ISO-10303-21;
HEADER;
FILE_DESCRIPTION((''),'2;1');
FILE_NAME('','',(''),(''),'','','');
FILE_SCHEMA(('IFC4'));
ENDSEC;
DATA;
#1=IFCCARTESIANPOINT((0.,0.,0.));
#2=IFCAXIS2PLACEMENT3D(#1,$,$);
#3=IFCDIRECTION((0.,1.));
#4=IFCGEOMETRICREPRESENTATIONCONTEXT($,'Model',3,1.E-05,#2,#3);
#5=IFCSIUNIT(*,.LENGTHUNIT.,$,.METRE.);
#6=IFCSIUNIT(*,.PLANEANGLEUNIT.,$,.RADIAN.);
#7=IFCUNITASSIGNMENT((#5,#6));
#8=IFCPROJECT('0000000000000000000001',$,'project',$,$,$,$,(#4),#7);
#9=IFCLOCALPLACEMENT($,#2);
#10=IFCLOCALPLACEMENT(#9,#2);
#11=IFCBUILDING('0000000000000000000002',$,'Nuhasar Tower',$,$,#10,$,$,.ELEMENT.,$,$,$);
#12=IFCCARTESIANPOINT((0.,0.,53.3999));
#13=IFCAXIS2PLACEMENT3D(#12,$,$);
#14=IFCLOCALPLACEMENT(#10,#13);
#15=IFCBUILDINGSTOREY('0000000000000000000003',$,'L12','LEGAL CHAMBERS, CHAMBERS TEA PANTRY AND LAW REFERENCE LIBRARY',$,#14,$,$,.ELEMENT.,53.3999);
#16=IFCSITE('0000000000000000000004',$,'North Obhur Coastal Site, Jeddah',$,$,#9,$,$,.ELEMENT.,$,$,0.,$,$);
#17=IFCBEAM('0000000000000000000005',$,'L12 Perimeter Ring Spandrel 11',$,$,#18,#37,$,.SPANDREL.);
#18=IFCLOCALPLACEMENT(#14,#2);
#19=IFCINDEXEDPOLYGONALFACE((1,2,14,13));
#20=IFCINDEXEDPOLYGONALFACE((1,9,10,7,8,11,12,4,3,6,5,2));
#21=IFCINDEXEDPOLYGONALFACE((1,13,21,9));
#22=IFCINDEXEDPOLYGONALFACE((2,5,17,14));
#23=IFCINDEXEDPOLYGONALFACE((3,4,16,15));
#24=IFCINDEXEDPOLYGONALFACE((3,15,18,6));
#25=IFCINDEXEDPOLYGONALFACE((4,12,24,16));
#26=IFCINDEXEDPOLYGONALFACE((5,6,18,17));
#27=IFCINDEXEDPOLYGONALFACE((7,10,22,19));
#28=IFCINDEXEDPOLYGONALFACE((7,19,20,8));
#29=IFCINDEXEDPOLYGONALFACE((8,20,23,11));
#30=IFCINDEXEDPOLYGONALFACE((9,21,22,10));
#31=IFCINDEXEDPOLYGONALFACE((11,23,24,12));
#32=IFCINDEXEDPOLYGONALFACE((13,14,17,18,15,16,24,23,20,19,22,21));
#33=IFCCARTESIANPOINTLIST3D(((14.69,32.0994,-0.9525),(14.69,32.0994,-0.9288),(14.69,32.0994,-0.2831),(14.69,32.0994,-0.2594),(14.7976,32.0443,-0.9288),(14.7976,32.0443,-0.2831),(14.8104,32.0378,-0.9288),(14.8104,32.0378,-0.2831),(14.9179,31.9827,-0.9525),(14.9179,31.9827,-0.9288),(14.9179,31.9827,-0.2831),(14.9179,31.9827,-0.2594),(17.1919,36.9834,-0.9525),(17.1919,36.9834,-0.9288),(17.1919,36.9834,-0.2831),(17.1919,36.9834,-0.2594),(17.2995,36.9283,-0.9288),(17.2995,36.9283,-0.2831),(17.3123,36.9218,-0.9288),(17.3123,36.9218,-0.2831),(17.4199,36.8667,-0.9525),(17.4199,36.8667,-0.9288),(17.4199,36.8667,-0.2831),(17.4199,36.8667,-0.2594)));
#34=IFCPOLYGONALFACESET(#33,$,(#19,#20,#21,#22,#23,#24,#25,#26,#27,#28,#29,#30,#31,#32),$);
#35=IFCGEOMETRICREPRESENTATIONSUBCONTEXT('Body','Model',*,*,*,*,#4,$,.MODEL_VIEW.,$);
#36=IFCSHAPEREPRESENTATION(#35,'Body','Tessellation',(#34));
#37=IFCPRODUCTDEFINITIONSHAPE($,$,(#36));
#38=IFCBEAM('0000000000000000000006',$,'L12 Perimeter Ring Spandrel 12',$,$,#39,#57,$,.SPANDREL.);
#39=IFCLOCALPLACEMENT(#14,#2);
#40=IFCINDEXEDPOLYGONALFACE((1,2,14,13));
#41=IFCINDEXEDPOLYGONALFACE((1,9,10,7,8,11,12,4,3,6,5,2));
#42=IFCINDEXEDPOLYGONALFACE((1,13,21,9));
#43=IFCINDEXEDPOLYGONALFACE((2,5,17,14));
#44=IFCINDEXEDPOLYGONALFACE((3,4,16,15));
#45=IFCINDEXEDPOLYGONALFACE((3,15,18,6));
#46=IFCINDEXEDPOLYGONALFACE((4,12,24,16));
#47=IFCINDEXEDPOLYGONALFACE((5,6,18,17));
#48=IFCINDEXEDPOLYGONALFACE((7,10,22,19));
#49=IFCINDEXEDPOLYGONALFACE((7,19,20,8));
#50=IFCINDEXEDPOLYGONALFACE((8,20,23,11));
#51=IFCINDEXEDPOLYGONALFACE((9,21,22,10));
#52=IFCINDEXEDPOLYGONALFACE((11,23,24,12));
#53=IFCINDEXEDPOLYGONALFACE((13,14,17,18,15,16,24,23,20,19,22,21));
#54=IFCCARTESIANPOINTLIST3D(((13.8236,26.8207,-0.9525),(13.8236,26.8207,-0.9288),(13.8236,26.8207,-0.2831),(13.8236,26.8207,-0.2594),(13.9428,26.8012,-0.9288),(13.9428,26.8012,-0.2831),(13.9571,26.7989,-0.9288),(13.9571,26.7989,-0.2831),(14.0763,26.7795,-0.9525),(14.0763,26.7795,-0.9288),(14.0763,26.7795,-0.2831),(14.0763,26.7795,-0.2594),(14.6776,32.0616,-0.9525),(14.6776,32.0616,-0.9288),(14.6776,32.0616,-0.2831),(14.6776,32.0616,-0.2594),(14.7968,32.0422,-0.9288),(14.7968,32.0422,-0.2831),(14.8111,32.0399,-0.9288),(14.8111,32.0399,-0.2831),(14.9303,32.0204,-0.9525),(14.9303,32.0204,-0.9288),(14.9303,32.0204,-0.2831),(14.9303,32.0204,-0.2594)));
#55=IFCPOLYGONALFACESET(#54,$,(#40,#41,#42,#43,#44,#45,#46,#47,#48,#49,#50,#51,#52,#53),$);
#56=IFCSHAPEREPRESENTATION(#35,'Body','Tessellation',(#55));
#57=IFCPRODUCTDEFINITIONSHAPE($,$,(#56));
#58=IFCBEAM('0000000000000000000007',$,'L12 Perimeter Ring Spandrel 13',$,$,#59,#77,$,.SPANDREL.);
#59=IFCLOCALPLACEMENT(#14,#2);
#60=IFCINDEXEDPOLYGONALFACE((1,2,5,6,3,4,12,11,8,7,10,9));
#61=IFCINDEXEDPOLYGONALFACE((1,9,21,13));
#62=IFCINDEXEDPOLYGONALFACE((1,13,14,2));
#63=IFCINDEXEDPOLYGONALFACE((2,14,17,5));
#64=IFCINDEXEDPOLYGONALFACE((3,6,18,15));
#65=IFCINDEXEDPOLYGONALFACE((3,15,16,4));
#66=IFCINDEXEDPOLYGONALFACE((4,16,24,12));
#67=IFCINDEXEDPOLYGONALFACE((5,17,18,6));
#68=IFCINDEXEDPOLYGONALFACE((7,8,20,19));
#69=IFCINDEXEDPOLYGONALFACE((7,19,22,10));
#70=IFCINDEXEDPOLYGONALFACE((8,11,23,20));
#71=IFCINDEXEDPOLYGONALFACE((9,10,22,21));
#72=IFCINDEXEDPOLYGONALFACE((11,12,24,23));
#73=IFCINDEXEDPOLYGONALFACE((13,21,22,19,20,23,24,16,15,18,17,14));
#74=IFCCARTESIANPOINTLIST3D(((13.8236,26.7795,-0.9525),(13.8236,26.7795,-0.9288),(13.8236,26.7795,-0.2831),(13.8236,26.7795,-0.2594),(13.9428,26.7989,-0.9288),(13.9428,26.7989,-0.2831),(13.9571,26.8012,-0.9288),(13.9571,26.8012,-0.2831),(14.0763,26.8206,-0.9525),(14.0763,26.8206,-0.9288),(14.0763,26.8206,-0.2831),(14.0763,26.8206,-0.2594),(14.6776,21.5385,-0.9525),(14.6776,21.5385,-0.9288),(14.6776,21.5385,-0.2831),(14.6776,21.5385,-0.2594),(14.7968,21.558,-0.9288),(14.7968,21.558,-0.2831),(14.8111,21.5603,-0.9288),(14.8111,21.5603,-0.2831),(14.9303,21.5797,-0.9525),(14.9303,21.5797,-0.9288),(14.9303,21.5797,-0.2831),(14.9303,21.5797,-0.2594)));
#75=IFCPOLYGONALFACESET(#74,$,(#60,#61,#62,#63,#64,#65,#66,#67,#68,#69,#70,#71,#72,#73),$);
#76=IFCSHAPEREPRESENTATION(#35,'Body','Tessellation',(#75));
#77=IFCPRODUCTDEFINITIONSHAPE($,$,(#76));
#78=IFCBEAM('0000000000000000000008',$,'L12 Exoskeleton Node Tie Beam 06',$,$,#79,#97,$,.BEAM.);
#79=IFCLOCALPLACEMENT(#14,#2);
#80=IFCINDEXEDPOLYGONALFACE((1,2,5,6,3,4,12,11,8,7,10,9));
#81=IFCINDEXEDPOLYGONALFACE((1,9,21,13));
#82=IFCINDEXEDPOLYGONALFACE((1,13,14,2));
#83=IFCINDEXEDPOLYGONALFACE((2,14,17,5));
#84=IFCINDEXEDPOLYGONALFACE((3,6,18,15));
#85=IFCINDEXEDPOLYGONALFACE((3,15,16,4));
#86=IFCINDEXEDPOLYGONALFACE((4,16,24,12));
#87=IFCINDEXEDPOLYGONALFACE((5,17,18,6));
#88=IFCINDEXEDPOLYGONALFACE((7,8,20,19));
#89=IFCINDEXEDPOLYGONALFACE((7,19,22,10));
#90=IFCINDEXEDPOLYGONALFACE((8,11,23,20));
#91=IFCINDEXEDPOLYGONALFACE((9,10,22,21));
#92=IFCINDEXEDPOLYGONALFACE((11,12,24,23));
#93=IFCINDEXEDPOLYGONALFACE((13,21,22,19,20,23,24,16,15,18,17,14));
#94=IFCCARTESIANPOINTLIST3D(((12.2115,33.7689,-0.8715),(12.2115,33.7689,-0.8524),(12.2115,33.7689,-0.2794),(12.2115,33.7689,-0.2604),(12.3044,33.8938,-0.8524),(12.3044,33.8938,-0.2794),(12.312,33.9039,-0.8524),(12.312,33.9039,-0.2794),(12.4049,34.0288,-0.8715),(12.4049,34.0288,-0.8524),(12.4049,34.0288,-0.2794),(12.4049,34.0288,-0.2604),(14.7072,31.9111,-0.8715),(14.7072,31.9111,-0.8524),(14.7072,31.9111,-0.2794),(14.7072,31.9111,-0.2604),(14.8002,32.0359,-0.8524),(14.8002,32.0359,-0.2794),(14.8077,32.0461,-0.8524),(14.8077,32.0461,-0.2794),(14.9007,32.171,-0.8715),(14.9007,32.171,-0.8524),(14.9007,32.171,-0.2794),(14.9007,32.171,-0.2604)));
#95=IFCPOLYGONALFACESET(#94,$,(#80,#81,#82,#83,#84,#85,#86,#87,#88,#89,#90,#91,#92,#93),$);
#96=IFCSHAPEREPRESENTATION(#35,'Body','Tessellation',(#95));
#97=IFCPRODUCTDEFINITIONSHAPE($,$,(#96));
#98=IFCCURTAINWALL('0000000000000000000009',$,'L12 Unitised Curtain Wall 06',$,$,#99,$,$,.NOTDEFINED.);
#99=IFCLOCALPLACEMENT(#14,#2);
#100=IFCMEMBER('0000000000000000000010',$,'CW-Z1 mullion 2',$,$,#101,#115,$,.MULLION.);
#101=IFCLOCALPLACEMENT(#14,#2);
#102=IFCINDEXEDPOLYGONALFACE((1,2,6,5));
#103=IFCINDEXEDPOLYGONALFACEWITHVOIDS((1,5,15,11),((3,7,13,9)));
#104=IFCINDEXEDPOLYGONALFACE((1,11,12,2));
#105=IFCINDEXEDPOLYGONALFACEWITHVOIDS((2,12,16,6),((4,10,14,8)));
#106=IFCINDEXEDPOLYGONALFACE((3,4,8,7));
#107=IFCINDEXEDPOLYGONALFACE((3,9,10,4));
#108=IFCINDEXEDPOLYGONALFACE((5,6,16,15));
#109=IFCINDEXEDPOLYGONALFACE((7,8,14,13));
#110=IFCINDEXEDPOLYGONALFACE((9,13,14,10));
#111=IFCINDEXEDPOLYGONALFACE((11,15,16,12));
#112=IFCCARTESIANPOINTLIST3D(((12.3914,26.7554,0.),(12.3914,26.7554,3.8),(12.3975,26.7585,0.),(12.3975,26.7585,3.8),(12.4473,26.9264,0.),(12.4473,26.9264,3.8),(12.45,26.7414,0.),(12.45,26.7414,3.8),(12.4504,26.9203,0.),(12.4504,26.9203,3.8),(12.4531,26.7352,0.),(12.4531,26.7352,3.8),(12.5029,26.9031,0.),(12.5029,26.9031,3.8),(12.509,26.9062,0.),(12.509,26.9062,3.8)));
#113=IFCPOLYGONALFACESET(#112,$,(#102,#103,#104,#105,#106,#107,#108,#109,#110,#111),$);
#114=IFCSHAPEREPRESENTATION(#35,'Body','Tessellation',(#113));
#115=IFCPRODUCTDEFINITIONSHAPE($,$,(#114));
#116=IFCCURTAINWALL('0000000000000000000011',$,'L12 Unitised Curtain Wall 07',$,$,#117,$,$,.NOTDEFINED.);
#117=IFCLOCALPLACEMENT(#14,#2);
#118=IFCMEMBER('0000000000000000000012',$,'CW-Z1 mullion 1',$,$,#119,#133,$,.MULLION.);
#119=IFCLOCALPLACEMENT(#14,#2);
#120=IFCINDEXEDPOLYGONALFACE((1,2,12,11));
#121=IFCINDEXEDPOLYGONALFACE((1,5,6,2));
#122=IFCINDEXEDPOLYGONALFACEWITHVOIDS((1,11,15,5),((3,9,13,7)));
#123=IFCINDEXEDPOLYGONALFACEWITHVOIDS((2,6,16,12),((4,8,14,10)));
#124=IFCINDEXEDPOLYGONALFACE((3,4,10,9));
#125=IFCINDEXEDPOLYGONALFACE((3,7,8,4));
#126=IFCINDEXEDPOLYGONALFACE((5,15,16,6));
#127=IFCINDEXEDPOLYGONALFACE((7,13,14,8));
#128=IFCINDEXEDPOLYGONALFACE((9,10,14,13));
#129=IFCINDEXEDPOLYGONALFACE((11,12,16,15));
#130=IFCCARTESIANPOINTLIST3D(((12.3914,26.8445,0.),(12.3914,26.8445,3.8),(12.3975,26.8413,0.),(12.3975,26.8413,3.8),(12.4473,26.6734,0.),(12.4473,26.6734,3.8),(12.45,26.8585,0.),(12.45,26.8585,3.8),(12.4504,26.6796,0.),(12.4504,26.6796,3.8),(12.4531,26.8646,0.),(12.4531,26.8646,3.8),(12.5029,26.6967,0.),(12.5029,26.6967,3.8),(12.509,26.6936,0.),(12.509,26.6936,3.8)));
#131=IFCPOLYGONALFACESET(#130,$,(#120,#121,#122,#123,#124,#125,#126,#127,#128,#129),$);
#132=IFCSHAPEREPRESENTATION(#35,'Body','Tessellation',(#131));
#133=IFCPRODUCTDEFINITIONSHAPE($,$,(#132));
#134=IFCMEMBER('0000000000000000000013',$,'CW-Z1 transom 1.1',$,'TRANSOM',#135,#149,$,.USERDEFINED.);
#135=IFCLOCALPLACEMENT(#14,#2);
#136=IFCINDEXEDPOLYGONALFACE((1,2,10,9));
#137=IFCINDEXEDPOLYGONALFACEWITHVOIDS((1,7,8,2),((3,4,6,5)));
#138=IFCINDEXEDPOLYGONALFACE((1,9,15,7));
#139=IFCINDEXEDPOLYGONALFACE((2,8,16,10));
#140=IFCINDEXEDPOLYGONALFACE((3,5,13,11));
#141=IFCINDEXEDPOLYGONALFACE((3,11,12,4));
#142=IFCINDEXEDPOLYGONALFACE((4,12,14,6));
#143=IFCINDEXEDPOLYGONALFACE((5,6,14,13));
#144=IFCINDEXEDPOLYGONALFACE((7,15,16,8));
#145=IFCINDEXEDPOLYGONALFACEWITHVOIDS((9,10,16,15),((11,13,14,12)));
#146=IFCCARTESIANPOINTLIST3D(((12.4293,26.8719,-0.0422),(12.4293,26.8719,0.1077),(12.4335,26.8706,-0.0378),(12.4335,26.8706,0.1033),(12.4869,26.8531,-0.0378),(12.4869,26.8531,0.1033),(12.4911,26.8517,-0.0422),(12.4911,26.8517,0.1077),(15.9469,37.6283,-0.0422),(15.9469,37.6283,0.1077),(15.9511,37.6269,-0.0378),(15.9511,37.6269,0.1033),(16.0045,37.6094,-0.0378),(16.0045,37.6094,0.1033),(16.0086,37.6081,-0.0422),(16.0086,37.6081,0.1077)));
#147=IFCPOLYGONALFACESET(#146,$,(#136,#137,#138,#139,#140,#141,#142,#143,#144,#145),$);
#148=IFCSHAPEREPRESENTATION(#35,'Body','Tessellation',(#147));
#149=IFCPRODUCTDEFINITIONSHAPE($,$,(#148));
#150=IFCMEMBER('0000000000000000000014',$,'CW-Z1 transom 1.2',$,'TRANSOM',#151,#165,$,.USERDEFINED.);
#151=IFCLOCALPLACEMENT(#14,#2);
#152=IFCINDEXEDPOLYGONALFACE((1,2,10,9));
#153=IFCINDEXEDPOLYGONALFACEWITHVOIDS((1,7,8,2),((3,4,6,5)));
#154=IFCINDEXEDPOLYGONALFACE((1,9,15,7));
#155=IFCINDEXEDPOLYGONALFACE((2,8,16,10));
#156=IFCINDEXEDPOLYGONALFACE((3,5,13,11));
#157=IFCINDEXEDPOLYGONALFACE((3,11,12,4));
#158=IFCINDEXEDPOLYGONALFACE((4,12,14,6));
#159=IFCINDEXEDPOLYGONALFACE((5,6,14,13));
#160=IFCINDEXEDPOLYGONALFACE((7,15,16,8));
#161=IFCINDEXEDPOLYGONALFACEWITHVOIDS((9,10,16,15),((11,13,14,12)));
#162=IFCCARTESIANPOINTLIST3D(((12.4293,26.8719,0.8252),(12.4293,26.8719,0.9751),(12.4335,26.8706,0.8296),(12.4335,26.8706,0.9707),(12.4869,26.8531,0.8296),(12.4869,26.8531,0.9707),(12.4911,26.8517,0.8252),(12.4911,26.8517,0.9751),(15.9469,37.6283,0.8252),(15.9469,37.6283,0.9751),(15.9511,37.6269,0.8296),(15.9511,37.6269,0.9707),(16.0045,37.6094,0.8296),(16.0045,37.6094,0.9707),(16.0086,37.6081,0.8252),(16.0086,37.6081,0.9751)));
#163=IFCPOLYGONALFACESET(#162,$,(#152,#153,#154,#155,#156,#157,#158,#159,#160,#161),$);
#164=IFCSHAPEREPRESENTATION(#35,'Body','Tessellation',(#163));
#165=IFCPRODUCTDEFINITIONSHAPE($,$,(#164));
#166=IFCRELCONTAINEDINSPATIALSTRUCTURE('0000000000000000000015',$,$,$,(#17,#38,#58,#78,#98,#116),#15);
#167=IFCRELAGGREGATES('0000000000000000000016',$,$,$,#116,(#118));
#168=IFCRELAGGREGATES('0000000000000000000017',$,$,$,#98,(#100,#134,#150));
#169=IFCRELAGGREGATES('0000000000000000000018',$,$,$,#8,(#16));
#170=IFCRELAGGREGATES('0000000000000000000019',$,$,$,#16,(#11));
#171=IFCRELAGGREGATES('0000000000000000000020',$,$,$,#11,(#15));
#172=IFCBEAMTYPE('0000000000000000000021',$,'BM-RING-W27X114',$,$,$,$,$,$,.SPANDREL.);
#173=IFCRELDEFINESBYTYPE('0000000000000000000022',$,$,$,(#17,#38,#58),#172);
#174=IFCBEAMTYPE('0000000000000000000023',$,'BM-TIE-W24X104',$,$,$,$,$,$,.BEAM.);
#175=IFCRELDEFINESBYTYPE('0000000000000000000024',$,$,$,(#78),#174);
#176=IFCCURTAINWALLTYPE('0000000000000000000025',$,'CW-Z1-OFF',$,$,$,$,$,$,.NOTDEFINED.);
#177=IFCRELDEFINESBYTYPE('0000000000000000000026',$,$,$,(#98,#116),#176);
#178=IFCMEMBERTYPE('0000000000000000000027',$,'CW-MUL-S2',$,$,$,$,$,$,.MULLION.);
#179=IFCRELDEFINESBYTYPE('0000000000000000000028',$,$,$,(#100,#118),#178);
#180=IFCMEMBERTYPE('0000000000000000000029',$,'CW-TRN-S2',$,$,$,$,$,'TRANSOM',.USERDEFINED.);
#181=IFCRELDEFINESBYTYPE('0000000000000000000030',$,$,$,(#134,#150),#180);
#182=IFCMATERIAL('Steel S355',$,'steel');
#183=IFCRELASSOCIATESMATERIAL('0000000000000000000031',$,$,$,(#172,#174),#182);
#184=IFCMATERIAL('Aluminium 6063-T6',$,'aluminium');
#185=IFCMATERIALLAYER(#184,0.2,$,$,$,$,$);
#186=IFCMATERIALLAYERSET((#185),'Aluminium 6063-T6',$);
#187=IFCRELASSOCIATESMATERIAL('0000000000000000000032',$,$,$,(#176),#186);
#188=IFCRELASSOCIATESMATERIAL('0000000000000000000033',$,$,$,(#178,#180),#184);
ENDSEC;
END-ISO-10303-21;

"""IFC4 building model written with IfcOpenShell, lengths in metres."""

from ifc_helpers import new_model, si_unit, direction, frame, origin, origin_2d, place, context, subcontext, project, spatial, hollow_rectangle, i_section, extrude, material, layer, layer_set, material_profile, profile_set, type_object, element, aggregate, save


model = new_model("IFC4")

# Units and contexts
model_context = context("Model", 3, precision=1e-05, world=origin(), true_north=direction((0.0, 1.0)))
body_context = subcontext(model_context, "Body", "Model", "MODEL_VIEW")
ifc_project = project(units=[si_unit("LENGTHUNIT", "METRE"), si_unit("PLANEANGLEUNIT", "RADIAN")], contexts=[model_context])

# Site, building, storey
site_placement = place(None, origin())
site = spatial("IfcSite", under=ifc_project, at=site_placement, Name="North Obhur Coastal Site, Jeddah", CompositionType="ELEMENT", RefElevation=0.0)
building_placement = place(site_placement, origin())
building = spatial("IfcBuilding", under=site, at=building_placement, Name="Nuhasar Tower", CompositionType="ELEMENT")
storey_placement = place(building_placement, frame((0.0, 0.0, 53.3999)))
storey = spatial("IfcBuildingStorey", under=building, at=storey_placement, Name="L12", Description="LEGAL CHAMBERS, CHAMBERS TEA PANTRY AND LAW REFERENCE LIBRARY", CompositionType="ELEMENT", Elevation=53.3999)

# Beams
ifc_material_1 = material(Name="Steel S355", Category="steel")
ifc_material_profile_1 = material_profile(ifc_material_1, i_section(OverallWidth=0.2561, OverallDepth=0.6931, WebThickness=0.0144, FlangeThickness=0.0237, at=origin_2d()), Name="W27X114")
ifc_profile_set_1 = profile_set([ifc_material_profile_1], Name="Steel S355")
beam_type_1 = type_object("IfcBeamType", Name="BM-RING-W27X114", PredefinedType="SPANDREL", material=ifc_profile_set_1)
beam_1_placement = place(storey_placement, frame((17.3059, 36.925, -0.606), z_axis=(-0.45593, -0.890016, 0.0), x_axis=(0.890016, -0.45593, 0.0)))
element("IfcBeam", 1, at=beam_1_placement, inside=storey, type_object=beam_type_1, Name="L12 Perimeter Ring Spandrel 11", PredefinedType="SPANDREL", context=body_context, shape_type="SweptSolid", body=[
    extrude(i_section(OverallWidth=0.2561, OverallDepth=0.6931, WebThickness=0.0144, FlangeThickness=0.0237, at=origin_2d()), origin(), (0.0, 0.0, 1.0), 5.4875),
])
for number, where, z_axis, x_axis, name in (
    (2, (14.804, 32.041, -0.606), (-0.160827, -0.986983, 0.0), (0.986983, -0.160827, 0.0), "L12 Perimeter Ring Spandrel 12"),
    (3, (13.95, 26.8, -0.606), (0.160827, -0.986983, 0.0), (0.986983, 0.160827, 0.0), "L12 Perimeter Ring Spandrel 13"),
):
    element("IfcBeam", number, at=place(storey_placement, frame(where, z_axis=z_axis, x_axis=x_axis)), inside=storey, type_object=beam_type_1, Name=name, PredefinedType="SPANDREL", context=body_context, shape_type="SweptSolid", body=[
        extrude(i_section(OverallWidth=0.2561, OverallDepth=0.6931, WebThickness=0.0144, FlangeThickness=0.0237, at=origin_2d()), origin(), (0.0, 0.0, 1.0), 5.3101),
    ])
ifc_material_profile_2 = material_profile(ifc_material_1, i_section(OverallWidth=0.324, OverallDepth=0.6111, WebThickness=0.0127, FlangeThickness=0.019, at=origin_2d()), Name="W24X104")
ifc_profile_set_2 = profile_set([ifc_material_profile_2], Name="Steel S355")
beam_type_2 = type_object("IfcBeamType", Name="BM-TIE-W24X104", PredefinedType="BEAM", material=ifc_profile_set_2)
beam_2_placement = place(storey_placement, frame((14.804, 32.041, -0.5659), z_axis=(-0.802151, 0.597121, 0.0), x_axis=(-0.597121, -0.802151, 0.0)))
element("IfcBeam", 4, at=beam_2_placement, inside=storey, type_object=beam_type_2, Name="L12 Exoskeleton Node Tie Beam 06", PredefinedType="BEAM", context=body_context, shape_type="SweptSolid", body=[
    extrude(i_section(OverallWidth=0.324, OverallDepth=0.6111, WebThickness=0.0127, FlangeThickness=0.019, at=origin_2d()), origin(), (0.0, 0.0, 1.0), 3.1113),
])

# Curtain walls, members
ifc_material_2 = material(Name="Aluminium 6063-T6", Category="aluminium")
ifc_layer_1 = layer(ifc_material_2, 0.2)
ifc_layer_set_1 = layer_set([ifc_layer_1], Name="Aluminium 6063-T6")
curtain_wall_type = type_object("IfcCurtainWallType", Name="CW-Z1-OFF", PredefinedType="NOTDEFINED", material=ifc_layer_set_1)
curtain_wall_1_placement = place(storey_placement, origin())
curtain_wall_1 = element("IfcCurtainWall", 5, at=curtain_wall_1_placement, inside=storey, type_object=curtain_wall_type, Name="L12 Unitised Curtain Wall 06", PredefinedType="NOTDEFINED")
ifc_material_profile_3 = material_profile(ifc_material_2, hollow_rectangle(XDim=0.0649, YDim=0.1799, WallThickness=0.0049, at=origin_2d()), Name="CWM-2")
ifc_profile_set_3 = profile_set([ifc_material_profile_3], Name="Aluminium 6063-T6")
member_type_1 = type_object("IfcMemberType", Name="CW-MUL-S2", PredefinedType="MULLION", material=ifc_profile_set_3)
member_1_placement = place(storey_placement, frame((12.4502, 26.8308, 0.0), z_axis=(0.0, 0.0, 1.0), x_axis=(0.950468, -0.310824, 0.0)))
member_1 = element("IfcMember", 6, at=member_1_placement, type_object=member_type_1, Name="CW-Z1 mullion 2", PredefinedType="MULLION", context=body_context, shape_type="SweptSolid", body=[
    extrude(hollow_rectangle(XDim=0.0649, YDim=0.1799, WallThickness=0.0049, at=origin_2d()), origin(), (0.0, 0.0, 1.0), 3.8),
])
curtain_wall_2_placement = place(storey_placement, origin())
curtain_wall_2 = element("IfcCurtainWall", 7, at=curtain_wall_2_placement, inside=storey, type_object=curtain_wall_type, Name="L12 Unitised Curtain Wall 07", PredefinedType="NOTDEFINED")
member_2_placement = place(storey_placement, frame((12.4502, 26.769, 0.0), z_axis=(0.0, 0.0, 1.0), x_axis=(0.950468, 0.310824, 0.0)))
member_2 = element("IfcMember", 8, at=member_2_placement, type_object=member_type_1, Name="CW-Z1 mullion 1", PredefinedType="MULLION", context=body_context, shape_type="SweptSolid", body=[
    extrude(hollow_rectangle(XDim=0.0649, YDim=0.1799, WallThickness=0.0049, at=origin_2d()), origin(), (0.0, 0.0, 1.0), 3.8),
])
aggregate(curtain_wall_2, [member_2])

# Members
ifc_material_profile_4 = material_profile(ifc_material_2, hollow_rectangle(XDim=0.0649, YDim=0.1499, WallThickness=0.0044, at=origin_2d()), Name="CWT-2")
ifc_profile_set_4 = profile_set([ifc_material_profile_4], Name="Aluminium 6063-T6")
member_type_2 = type_object("IfcMemberType", Name="CW-TRN-S2", ElementType="TRANSOM", PredefinedType="USERDEFINED", material=ifc_profile_set_4)
member_3_placement = place(storey_placement, frame((15.9778, 37.6182, 0.0327), z_axis=(-0.310825, -0.950467, 0.0), x_axis=(0.950467, -0.310825, 0.0)))
member_3 = element("IfcMember", 9, at=member_3_placement, type_object=member_type_2, Name="CW-Z1 transom 1.1", ObjectType="TRANSOM", PredefinedType="USERDEFINED", context=body_context, shape_type="SweptSolid", body=[
    extrude(hollow_rectangle(XDim=0.0649, YDim=0.1499, WallThickness=0.0044, at=origin_2d()), origin(), (0.0, 0.0, 1.0), 11.3169),
])
member_4_placement = place(storey_placement, frame((15.9778, 37.6182, 0.9001), z_axis=(-0.310825, -0.950467, 0.0), x_axis=(0.950467, -0.310825, 0.0)))
member_4 = element("IfcMember", 10, at=member_4_placement, type_object=member_type_2, Name="CW-Z1 transom 1.2", ObjectType="TRANSOM", PredefinedType="USERDEFINED", context=body_context, shape_type="SweptSolid", body=[
    extrude(hollow_rectangle(XDim=0.0649, YDim=0.1499, WallThickness=0.0044, at=origin_2d()), origin(), (0.0, 0.0, 1.0), 11.3169),
])

aggregate(curtain_wall_1, [member_1, member_3, member_4])

save(model, "model.ifc")
